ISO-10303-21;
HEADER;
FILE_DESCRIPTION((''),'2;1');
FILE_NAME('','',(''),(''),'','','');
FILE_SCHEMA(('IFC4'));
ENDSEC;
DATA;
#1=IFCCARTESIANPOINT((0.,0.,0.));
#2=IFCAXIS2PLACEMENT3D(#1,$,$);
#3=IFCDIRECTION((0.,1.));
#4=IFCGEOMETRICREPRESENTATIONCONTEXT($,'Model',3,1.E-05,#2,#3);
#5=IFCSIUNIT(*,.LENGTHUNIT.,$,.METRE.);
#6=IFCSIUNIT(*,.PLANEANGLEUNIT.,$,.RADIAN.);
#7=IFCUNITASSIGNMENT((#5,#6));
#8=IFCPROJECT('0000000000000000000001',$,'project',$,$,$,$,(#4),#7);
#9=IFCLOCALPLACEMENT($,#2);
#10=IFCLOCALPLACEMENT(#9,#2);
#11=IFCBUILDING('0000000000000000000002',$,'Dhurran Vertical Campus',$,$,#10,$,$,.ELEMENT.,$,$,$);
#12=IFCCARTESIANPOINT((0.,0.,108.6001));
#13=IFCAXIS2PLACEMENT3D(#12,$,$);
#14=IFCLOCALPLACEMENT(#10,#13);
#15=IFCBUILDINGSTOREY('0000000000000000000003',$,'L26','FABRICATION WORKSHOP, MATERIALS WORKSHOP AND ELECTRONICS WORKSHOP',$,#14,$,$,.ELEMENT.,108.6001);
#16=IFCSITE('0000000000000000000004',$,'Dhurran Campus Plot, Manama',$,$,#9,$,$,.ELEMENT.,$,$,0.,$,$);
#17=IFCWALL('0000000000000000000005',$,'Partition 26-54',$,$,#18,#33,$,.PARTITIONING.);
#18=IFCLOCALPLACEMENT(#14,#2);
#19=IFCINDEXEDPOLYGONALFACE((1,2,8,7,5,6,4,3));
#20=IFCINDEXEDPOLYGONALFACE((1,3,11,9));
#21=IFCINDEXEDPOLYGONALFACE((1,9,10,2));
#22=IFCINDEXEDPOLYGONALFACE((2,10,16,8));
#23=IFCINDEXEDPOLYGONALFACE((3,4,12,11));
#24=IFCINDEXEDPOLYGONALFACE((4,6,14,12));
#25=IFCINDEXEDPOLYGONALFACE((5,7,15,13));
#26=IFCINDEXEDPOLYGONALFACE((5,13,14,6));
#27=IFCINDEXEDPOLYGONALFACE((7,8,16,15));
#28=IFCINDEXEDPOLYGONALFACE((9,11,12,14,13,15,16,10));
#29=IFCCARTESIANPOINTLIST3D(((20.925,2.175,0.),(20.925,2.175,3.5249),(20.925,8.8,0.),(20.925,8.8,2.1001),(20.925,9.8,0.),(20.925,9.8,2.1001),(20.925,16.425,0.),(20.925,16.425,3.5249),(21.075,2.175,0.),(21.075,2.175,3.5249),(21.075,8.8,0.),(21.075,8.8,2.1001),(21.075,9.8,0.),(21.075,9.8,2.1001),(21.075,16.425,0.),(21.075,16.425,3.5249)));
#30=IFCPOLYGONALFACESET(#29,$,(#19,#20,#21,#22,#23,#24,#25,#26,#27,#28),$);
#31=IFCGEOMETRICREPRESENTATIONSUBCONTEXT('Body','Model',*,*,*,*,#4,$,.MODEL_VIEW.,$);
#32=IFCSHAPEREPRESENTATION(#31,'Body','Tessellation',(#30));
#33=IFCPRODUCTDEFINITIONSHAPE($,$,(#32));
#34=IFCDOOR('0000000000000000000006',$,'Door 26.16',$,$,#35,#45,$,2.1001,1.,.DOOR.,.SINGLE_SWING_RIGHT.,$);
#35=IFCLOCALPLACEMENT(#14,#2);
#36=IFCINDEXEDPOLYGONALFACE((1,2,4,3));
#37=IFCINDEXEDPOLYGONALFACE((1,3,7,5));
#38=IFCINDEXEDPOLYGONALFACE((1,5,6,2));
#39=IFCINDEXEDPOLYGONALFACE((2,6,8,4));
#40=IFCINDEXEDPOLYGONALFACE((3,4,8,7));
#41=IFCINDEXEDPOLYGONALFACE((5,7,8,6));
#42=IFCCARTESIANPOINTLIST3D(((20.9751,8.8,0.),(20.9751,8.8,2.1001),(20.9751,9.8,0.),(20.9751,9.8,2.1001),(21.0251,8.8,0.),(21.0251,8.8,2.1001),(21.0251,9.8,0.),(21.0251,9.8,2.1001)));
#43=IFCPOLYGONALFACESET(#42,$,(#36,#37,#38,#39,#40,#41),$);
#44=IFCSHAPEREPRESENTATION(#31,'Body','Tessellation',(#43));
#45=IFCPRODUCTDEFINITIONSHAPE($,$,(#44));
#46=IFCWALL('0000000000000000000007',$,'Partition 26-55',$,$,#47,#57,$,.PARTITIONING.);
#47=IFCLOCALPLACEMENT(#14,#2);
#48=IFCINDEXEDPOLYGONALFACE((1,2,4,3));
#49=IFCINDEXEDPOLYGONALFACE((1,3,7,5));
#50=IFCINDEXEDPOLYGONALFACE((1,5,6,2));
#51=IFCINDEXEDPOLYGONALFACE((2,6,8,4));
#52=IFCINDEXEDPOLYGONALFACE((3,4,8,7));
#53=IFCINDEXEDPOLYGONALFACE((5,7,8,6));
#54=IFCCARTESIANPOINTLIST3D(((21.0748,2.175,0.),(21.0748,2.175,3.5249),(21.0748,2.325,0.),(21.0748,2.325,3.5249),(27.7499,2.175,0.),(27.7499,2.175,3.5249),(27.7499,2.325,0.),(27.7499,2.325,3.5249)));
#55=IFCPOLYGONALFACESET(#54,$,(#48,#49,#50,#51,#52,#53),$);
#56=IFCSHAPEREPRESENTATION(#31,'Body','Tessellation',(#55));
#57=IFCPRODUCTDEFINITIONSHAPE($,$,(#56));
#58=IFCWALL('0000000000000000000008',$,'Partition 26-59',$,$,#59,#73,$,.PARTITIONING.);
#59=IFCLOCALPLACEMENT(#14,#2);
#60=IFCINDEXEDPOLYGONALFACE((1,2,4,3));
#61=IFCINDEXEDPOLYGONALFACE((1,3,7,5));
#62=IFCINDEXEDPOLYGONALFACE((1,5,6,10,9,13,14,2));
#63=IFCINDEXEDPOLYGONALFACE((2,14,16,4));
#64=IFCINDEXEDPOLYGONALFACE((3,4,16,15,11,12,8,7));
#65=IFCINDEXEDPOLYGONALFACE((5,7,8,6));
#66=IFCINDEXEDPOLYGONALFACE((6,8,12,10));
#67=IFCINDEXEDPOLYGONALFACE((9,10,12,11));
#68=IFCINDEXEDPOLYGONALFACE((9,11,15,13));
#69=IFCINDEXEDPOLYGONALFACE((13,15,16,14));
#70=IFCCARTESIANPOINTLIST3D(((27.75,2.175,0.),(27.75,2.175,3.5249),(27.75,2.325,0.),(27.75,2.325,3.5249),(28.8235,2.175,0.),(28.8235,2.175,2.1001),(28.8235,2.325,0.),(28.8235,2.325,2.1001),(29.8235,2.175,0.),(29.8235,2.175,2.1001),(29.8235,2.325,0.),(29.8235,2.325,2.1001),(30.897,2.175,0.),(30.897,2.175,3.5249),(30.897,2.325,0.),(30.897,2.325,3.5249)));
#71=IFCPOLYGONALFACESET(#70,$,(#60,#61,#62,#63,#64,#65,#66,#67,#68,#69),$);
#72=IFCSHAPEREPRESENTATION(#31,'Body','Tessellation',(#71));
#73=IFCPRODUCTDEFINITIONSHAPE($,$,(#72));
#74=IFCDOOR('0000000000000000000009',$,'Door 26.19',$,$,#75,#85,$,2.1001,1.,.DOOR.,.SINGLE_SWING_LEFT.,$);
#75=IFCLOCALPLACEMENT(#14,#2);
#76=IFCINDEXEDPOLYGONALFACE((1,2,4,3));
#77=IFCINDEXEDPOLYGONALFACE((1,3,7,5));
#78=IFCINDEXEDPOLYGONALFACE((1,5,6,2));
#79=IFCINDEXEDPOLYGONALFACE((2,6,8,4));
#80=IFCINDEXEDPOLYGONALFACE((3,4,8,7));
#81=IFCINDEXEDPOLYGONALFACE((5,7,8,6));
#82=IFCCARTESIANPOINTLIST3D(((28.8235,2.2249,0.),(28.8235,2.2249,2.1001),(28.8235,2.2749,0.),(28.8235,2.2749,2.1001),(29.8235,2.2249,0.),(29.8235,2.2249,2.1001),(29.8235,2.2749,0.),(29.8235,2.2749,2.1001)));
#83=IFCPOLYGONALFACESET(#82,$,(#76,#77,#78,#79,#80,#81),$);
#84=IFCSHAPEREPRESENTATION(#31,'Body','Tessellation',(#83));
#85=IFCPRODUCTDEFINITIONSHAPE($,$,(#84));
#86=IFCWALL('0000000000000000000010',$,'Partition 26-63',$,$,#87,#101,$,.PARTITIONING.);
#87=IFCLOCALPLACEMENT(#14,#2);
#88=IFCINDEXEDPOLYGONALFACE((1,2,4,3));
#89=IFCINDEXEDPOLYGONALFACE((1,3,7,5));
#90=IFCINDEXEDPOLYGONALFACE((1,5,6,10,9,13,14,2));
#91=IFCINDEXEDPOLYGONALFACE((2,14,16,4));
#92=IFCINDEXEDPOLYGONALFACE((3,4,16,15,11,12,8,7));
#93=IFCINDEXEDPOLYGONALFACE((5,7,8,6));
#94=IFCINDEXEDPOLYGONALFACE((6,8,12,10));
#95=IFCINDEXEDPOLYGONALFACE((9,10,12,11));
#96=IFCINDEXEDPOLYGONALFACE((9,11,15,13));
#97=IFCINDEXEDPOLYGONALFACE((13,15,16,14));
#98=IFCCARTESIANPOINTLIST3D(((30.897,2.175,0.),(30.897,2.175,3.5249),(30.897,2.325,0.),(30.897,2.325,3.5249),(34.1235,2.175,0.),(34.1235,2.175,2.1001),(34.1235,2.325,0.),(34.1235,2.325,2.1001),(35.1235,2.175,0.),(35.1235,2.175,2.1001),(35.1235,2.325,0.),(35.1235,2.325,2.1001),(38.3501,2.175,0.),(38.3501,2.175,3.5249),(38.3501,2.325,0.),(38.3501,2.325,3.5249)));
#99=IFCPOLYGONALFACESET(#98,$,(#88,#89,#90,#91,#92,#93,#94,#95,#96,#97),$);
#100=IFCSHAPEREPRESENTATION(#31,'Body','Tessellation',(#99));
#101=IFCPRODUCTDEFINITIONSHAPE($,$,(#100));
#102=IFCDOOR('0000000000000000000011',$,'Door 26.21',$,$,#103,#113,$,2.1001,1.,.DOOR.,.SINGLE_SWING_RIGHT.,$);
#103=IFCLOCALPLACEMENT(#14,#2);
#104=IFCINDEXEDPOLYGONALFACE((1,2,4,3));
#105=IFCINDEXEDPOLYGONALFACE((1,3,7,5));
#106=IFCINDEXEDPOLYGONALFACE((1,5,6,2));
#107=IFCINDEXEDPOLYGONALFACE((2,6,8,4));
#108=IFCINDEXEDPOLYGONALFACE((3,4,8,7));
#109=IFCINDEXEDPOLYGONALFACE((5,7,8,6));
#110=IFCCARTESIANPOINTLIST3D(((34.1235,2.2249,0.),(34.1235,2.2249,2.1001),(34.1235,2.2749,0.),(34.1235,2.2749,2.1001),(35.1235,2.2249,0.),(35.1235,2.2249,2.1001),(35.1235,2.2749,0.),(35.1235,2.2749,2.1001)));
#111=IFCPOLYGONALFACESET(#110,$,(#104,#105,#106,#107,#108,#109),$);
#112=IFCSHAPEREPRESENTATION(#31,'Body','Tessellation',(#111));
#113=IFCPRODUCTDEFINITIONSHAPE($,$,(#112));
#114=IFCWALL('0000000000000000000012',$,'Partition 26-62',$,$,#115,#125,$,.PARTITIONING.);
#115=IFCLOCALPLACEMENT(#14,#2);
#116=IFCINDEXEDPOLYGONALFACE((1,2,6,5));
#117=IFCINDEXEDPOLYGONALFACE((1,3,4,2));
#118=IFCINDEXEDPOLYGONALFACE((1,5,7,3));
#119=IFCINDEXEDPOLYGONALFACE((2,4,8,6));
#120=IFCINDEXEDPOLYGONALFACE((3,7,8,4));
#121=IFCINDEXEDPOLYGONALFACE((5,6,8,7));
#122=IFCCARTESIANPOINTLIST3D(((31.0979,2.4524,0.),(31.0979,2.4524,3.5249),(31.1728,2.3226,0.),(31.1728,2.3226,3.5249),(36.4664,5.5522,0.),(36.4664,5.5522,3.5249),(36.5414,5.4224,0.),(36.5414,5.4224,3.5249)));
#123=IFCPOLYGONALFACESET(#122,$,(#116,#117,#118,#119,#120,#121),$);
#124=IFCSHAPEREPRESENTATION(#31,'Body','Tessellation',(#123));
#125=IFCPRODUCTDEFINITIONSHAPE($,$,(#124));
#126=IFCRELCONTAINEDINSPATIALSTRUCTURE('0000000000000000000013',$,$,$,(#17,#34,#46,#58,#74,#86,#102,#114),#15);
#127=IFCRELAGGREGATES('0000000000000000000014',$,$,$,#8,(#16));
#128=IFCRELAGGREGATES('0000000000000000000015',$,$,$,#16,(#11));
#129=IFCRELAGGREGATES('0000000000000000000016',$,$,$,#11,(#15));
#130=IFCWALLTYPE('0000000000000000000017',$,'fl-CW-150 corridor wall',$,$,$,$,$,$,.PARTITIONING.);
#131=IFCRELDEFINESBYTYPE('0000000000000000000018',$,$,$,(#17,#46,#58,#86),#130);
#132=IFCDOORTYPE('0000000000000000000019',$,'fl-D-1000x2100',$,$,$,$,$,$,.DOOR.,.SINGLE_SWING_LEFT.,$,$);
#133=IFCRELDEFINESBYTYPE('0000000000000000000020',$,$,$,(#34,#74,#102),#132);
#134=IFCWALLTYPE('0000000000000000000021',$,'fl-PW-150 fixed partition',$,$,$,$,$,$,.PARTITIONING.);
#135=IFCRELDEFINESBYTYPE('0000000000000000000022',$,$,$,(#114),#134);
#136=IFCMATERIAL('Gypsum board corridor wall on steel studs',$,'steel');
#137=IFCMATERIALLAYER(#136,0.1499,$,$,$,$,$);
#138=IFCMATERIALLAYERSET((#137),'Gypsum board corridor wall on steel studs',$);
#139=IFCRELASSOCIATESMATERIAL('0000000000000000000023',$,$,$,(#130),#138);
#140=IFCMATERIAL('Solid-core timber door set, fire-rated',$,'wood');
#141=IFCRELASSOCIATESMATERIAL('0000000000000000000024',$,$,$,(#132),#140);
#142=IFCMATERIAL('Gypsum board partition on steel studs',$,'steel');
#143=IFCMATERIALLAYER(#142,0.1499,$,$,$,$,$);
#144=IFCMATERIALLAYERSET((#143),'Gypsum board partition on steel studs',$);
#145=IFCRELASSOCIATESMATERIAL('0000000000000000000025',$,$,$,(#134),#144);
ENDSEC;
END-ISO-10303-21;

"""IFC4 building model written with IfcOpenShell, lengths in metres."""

from ifc_helpers import new_model, si_unit, direction, frame, frame_2d, origin, place, context, subcontext, project, spatial, rectangle, extrude, material, layer, layer_set, type_object, element, fill, save


model = new_model("IFC4")

# Units and contexts
model_context = context("Model", 3, precision=1e-05, world=origin(), true_north=direction((0.0, 1.0)))
body_context = subcontext(model_context, "Body", "Model", "MODEL_VIEW")
ifc_project = project(units=[si_unit("LENGTHUNIT", "METRE"), si_unit("PLANEANGLEUNIT", "RADIAN")], contexts=[model_context])

# Site, building, storey
site_placement = place(None, origin())
site = spatial("IfcSite", under=ifc_project, at=site_placement, Name="Dhurran Campus Plot, Manama", CompositionType="ELEMENT", RefElevation=0.0)
building_placement = place(site_placement, origin())
building = spatial("IfcBuilding", under=site, at=building_placement, Name="Dhurran Vertical Campus", CompositionType="ELEMENT")
storey_placement = place(building_placement, frame((0.0, 0.0, 108.6001)))
storey = spatial("IfcBuildingStorey", under=building, at=storey_placement, Name="L26", Description="FABRICATION WORKSHOP, MATERIALS WORKSHOP AND ELECTRONICS WORKSHOP", CompositionType="ELEMENT", Elevation=108.6001)

# Wall, opening, door
ifc_material_1 = material(Name="Gypsum board corridor wall on steel studs", Category="steel")
ifc_layer_1 = layer(ifc_material_1, 0.1499)
ifc_layer_set_1 = layer_set([ifc_layer_1], Name="Gypsum board corridor wall on steel studs")
wall_type_1 = type_object("IfcWallType", Name="fl-CW-150 corridor wall", PredefinedType="PARTITIONING", material=ifc_layer_set_1)
wall_1_placement = place(storey_placement, frame((21.0, 2.175, 0.0), z_axis=(0.0, 0.0, 1.0), x_axis=(0.0, 1.0, 0.0)))
wall_1 = element("IfcWall", 1, at=wall_1_placement, inside=storey, type_object=wall_type_1, Name="Partition 26-54", PredefinedType="PARTITIONING", context=body_context, shape_type="SweptSolid", body=[
    extrude(rectangle(XDim=14.25, YDim=0.1499, at=frame_2d((7.125, 0.0))), origin(), (0.0, 0.0, 1.0), 3.5249),
])
opening_1_placement = place(wall_1_placement, frame((6.625, 0.0, 0.0)))
opening_1 = element("IfcOpeningElement", 2, at=opening_1_placement, cuts=wall_1, PredefinedType="OPENING", context=body_context, shape_type="SweptSolid", body=[
    extrude(rectangle(XDim=1.0, YDim=2.1001, at=frame_2d((0.5, 1.05))), frame((0.0, 0.085, 0.0), z_axis=(0.0, -1.0, 0.0), x_axis=(1.0, 0.0, 0.0)), (0.0, 0.0, 1.0), 0.1699),
])
ifc_material_2 = material(Name="Solid-core timber door set, fire-rated", Category="wood")
door_type_1 = type_object("IfcDoorType", Name="fl-D-1000x2100", OperationType="SINGLE_SWING_LEFT", PredefinedType="DOOR", material=ifc_material_2)
door_1_placement = place(opening_1_placement, origin())
door_1 = element("IfcDoor", 3, at=door_1_placement, inside=storey, type_object=door_type_1, Name="Door 26.16", OperationType="SINGLE_SWING_RIGHT", OverallHeight=2.1001, OverallWidth=1.0, PredefinedType="DOOR", context=body_context, shape_type="SweptSolid", body=[
    extrude(rectangle(XDim=1.0, YDim=2.1001, at=frame_2d((0.5, 1.05))), frame((0.0, 0.0249, 0.0), z_axis=(0.0, -1.0, 0.0), x_axis=(1.0, 0.0, 0.0)), (0.0, 0.0, 1.0), 0.05),
])
fill(opening_1, door_1)

# Wall
wall_2_placement = place(storey_placement, frame((21.075, 2.25, 0.0), z_axis=(0.0, 0.0, 1.0), x_axis=(1.0, 0.0, 0.0)))
element("IfcWall", 4, at=wall_2_placement, inside=storey, type_object=wall_type_1, Name="Partition 26-55", PredefinedType="PARTITIONING", context=body_context, shape_type="SweptSolid", body=[
    extrude(rectangle(XDim=6.675, YDim=0.1499, at=frame_2d((3.3374, 0.0))), origin(), (0.0, 0.0, 1.0), 3.5249),
])

# Walls, openings, doors
wall_3_placement = place(storey_placement, frame((27.75, 2.25, 0.0), z_axis=(0.0, 0.0, 1.0), x_axis=(1.0, 0.0, 0.0)))
wall_3 = element("IfcWall", 5, at=wall_3_placement, inside=storey, type_object=wall_type_1, Name="Partition 26-59", PredefinedType="PARTITIONING", context=body_context, shape_type="SweptSolid", body=[
    extrude(rectangle(XDim=3.147, YDim=0.1499, at=frame_2d((1.5735, 0.0))), origin(), (0.0, 0.0, 1.0), 3.5249),
])
opening_2_placement = place(wall_3_placement, frame((1.0735, 0.0, 0.0)))
opening_2 = element("IfcOpeningElement", 6, at=opening_2_placement, cuts=wall_3, PredefinedType="OPENING", context=body_context, shape_type="SweptSolid", body=[
    extrude(rectangle(XDim=1.0, YDim=2.1001, at=frame_2d((0.5, 1.05))), frame((0.0, 0.085, 0.0), z_axis=(0.0, -1.0, 0.0), x_axis=(1.0, 0.0, 0.0)), (0.0, 0.0, 1.0), 0.1699),
])
door_2_placement = place(opening_2_placement, origin())
door_2 = element("IfcDoor", 7, at=door_2_placement, inside=storey, type_object=door_type_1, Name="Door 26.19", OperationType="SINGLE_SWING_LEFT", OverallHeight=2.1001, OverallWidth=1.0, PredefinedType="DOOR", context=body_context, shape_type="SweptSolid", body=[
    extrude(rectangle(XDim=1.0, YDim=2.1001, at=frame_2d((0.5, 1.05))), frame((0.0, 0.0249, 0.0), z_axis=(0.0, -1.0, 0.0), x_axis=(1.0, 0.0, 0.0)), (0.0, 0.0, 1.0), 0.05),
])
fill(opening_2, door_2)
wall_4_placement = place(storey_placement, frame((30.897, 2.25, 0.0), z_axis=(0.0, 0.0, 1.0), x_axis=(1.0, 0.0, 0.0)))
wall_4 = element("IfcWall", 8, at=wall_4_placement, inside=storey, type_object=wall_type_1, Name="Partition 26-63", PredefinedType="PARTITIONING", context=body_context, shape_type="SweptSolid", body=[
    extrude(rectangle(XDim=7.4531, YDim=0.1499, at=frame_2d((3.7266, 0.0))), origin(), (0.0, 0.0, 1.0), 3.5249),
])
opening_3_placement = place(wall_4_placement, frame((3.2266, 0.0, 0.0)))
opening_3 = element("IfcOpeningElement", 9, at=opening_3_placement, cuts=wall_4, PredefinedType="OPENING", context=body_context, shape_type="SweptSolid", body=[
    extrude(rectangle(XDim=1.0, YDim=2.1001, at=frame_2d((0.5, 1.05))), frame((0.0, 0.085, 0.0), z_axis=(0.0, -1.0, 0.0), x_axis=(1.0, 0.0, 0.0)), (0.0, 0.0, 1.0), 0.1699),
])
door_3_placement = place(opening_3_placement, origin())
door_3 = element("IfcDoor", 10, at=door_3_placement, inside=storey, type_object=door_type_1, Name="Door 26.21", OperationType="SINGLE_SWING_RIGHT", OverallHeight=2.1001, OverallWidth=1.0, PredefinedType="DOOR", context=body_context, shape_type="SweptSolid", body=[
    extrude(rectangle(XDim=1.0, YDim=2.1001, at=frame_2d((0.5, 1.05))), frame((0.0, 0.0249, 0.0), z_axis=(0.0, -1.0, 0.0), x_axis=(1.0, 0.0, 0.0)), (0.0, 0.0, 1.0), 0.05),
])
fill(opening_3, door_3)

# Wall
ifc_material_3 = material(Name="Gypsum board partition on steel studs", Category="steel")
ifc_layer_2 = layer(ifc_material_3, 0.1499)
ifc_layer_set_2 = layer_set([ifc_layer_2], Name="Gypsum board partition on steel studs")
wall_type_2 = type_object("IfcWallType", Name="fl-PW-150 fixed partition", PredefinedType="PARTITIONING", material=ifc_layer_set_2)
wall_5_placement = place(storey_placement, frame((36.5039, 5.4873, 0.0), z_axis=(0.0, 0.0, 1.0), x_axis=(-0.866007, -0.500032, 0.0)))
element("IfcWall", 11, at=wall_5_placement, inside=storey, type_object=wall_type_2, Name="Partition 26-62", PredefinedType="PARTITIONING", context=body_context, shape_type="SweptSolid", body=[
    extrude(rectangle(XDim=6.1992, YDim=0.1499, at=frame_2d((3.0996, 0.0))), origin(), (0.0, 0.0, 1.0), 3.5249),
])

save(model, "model.ifc")
